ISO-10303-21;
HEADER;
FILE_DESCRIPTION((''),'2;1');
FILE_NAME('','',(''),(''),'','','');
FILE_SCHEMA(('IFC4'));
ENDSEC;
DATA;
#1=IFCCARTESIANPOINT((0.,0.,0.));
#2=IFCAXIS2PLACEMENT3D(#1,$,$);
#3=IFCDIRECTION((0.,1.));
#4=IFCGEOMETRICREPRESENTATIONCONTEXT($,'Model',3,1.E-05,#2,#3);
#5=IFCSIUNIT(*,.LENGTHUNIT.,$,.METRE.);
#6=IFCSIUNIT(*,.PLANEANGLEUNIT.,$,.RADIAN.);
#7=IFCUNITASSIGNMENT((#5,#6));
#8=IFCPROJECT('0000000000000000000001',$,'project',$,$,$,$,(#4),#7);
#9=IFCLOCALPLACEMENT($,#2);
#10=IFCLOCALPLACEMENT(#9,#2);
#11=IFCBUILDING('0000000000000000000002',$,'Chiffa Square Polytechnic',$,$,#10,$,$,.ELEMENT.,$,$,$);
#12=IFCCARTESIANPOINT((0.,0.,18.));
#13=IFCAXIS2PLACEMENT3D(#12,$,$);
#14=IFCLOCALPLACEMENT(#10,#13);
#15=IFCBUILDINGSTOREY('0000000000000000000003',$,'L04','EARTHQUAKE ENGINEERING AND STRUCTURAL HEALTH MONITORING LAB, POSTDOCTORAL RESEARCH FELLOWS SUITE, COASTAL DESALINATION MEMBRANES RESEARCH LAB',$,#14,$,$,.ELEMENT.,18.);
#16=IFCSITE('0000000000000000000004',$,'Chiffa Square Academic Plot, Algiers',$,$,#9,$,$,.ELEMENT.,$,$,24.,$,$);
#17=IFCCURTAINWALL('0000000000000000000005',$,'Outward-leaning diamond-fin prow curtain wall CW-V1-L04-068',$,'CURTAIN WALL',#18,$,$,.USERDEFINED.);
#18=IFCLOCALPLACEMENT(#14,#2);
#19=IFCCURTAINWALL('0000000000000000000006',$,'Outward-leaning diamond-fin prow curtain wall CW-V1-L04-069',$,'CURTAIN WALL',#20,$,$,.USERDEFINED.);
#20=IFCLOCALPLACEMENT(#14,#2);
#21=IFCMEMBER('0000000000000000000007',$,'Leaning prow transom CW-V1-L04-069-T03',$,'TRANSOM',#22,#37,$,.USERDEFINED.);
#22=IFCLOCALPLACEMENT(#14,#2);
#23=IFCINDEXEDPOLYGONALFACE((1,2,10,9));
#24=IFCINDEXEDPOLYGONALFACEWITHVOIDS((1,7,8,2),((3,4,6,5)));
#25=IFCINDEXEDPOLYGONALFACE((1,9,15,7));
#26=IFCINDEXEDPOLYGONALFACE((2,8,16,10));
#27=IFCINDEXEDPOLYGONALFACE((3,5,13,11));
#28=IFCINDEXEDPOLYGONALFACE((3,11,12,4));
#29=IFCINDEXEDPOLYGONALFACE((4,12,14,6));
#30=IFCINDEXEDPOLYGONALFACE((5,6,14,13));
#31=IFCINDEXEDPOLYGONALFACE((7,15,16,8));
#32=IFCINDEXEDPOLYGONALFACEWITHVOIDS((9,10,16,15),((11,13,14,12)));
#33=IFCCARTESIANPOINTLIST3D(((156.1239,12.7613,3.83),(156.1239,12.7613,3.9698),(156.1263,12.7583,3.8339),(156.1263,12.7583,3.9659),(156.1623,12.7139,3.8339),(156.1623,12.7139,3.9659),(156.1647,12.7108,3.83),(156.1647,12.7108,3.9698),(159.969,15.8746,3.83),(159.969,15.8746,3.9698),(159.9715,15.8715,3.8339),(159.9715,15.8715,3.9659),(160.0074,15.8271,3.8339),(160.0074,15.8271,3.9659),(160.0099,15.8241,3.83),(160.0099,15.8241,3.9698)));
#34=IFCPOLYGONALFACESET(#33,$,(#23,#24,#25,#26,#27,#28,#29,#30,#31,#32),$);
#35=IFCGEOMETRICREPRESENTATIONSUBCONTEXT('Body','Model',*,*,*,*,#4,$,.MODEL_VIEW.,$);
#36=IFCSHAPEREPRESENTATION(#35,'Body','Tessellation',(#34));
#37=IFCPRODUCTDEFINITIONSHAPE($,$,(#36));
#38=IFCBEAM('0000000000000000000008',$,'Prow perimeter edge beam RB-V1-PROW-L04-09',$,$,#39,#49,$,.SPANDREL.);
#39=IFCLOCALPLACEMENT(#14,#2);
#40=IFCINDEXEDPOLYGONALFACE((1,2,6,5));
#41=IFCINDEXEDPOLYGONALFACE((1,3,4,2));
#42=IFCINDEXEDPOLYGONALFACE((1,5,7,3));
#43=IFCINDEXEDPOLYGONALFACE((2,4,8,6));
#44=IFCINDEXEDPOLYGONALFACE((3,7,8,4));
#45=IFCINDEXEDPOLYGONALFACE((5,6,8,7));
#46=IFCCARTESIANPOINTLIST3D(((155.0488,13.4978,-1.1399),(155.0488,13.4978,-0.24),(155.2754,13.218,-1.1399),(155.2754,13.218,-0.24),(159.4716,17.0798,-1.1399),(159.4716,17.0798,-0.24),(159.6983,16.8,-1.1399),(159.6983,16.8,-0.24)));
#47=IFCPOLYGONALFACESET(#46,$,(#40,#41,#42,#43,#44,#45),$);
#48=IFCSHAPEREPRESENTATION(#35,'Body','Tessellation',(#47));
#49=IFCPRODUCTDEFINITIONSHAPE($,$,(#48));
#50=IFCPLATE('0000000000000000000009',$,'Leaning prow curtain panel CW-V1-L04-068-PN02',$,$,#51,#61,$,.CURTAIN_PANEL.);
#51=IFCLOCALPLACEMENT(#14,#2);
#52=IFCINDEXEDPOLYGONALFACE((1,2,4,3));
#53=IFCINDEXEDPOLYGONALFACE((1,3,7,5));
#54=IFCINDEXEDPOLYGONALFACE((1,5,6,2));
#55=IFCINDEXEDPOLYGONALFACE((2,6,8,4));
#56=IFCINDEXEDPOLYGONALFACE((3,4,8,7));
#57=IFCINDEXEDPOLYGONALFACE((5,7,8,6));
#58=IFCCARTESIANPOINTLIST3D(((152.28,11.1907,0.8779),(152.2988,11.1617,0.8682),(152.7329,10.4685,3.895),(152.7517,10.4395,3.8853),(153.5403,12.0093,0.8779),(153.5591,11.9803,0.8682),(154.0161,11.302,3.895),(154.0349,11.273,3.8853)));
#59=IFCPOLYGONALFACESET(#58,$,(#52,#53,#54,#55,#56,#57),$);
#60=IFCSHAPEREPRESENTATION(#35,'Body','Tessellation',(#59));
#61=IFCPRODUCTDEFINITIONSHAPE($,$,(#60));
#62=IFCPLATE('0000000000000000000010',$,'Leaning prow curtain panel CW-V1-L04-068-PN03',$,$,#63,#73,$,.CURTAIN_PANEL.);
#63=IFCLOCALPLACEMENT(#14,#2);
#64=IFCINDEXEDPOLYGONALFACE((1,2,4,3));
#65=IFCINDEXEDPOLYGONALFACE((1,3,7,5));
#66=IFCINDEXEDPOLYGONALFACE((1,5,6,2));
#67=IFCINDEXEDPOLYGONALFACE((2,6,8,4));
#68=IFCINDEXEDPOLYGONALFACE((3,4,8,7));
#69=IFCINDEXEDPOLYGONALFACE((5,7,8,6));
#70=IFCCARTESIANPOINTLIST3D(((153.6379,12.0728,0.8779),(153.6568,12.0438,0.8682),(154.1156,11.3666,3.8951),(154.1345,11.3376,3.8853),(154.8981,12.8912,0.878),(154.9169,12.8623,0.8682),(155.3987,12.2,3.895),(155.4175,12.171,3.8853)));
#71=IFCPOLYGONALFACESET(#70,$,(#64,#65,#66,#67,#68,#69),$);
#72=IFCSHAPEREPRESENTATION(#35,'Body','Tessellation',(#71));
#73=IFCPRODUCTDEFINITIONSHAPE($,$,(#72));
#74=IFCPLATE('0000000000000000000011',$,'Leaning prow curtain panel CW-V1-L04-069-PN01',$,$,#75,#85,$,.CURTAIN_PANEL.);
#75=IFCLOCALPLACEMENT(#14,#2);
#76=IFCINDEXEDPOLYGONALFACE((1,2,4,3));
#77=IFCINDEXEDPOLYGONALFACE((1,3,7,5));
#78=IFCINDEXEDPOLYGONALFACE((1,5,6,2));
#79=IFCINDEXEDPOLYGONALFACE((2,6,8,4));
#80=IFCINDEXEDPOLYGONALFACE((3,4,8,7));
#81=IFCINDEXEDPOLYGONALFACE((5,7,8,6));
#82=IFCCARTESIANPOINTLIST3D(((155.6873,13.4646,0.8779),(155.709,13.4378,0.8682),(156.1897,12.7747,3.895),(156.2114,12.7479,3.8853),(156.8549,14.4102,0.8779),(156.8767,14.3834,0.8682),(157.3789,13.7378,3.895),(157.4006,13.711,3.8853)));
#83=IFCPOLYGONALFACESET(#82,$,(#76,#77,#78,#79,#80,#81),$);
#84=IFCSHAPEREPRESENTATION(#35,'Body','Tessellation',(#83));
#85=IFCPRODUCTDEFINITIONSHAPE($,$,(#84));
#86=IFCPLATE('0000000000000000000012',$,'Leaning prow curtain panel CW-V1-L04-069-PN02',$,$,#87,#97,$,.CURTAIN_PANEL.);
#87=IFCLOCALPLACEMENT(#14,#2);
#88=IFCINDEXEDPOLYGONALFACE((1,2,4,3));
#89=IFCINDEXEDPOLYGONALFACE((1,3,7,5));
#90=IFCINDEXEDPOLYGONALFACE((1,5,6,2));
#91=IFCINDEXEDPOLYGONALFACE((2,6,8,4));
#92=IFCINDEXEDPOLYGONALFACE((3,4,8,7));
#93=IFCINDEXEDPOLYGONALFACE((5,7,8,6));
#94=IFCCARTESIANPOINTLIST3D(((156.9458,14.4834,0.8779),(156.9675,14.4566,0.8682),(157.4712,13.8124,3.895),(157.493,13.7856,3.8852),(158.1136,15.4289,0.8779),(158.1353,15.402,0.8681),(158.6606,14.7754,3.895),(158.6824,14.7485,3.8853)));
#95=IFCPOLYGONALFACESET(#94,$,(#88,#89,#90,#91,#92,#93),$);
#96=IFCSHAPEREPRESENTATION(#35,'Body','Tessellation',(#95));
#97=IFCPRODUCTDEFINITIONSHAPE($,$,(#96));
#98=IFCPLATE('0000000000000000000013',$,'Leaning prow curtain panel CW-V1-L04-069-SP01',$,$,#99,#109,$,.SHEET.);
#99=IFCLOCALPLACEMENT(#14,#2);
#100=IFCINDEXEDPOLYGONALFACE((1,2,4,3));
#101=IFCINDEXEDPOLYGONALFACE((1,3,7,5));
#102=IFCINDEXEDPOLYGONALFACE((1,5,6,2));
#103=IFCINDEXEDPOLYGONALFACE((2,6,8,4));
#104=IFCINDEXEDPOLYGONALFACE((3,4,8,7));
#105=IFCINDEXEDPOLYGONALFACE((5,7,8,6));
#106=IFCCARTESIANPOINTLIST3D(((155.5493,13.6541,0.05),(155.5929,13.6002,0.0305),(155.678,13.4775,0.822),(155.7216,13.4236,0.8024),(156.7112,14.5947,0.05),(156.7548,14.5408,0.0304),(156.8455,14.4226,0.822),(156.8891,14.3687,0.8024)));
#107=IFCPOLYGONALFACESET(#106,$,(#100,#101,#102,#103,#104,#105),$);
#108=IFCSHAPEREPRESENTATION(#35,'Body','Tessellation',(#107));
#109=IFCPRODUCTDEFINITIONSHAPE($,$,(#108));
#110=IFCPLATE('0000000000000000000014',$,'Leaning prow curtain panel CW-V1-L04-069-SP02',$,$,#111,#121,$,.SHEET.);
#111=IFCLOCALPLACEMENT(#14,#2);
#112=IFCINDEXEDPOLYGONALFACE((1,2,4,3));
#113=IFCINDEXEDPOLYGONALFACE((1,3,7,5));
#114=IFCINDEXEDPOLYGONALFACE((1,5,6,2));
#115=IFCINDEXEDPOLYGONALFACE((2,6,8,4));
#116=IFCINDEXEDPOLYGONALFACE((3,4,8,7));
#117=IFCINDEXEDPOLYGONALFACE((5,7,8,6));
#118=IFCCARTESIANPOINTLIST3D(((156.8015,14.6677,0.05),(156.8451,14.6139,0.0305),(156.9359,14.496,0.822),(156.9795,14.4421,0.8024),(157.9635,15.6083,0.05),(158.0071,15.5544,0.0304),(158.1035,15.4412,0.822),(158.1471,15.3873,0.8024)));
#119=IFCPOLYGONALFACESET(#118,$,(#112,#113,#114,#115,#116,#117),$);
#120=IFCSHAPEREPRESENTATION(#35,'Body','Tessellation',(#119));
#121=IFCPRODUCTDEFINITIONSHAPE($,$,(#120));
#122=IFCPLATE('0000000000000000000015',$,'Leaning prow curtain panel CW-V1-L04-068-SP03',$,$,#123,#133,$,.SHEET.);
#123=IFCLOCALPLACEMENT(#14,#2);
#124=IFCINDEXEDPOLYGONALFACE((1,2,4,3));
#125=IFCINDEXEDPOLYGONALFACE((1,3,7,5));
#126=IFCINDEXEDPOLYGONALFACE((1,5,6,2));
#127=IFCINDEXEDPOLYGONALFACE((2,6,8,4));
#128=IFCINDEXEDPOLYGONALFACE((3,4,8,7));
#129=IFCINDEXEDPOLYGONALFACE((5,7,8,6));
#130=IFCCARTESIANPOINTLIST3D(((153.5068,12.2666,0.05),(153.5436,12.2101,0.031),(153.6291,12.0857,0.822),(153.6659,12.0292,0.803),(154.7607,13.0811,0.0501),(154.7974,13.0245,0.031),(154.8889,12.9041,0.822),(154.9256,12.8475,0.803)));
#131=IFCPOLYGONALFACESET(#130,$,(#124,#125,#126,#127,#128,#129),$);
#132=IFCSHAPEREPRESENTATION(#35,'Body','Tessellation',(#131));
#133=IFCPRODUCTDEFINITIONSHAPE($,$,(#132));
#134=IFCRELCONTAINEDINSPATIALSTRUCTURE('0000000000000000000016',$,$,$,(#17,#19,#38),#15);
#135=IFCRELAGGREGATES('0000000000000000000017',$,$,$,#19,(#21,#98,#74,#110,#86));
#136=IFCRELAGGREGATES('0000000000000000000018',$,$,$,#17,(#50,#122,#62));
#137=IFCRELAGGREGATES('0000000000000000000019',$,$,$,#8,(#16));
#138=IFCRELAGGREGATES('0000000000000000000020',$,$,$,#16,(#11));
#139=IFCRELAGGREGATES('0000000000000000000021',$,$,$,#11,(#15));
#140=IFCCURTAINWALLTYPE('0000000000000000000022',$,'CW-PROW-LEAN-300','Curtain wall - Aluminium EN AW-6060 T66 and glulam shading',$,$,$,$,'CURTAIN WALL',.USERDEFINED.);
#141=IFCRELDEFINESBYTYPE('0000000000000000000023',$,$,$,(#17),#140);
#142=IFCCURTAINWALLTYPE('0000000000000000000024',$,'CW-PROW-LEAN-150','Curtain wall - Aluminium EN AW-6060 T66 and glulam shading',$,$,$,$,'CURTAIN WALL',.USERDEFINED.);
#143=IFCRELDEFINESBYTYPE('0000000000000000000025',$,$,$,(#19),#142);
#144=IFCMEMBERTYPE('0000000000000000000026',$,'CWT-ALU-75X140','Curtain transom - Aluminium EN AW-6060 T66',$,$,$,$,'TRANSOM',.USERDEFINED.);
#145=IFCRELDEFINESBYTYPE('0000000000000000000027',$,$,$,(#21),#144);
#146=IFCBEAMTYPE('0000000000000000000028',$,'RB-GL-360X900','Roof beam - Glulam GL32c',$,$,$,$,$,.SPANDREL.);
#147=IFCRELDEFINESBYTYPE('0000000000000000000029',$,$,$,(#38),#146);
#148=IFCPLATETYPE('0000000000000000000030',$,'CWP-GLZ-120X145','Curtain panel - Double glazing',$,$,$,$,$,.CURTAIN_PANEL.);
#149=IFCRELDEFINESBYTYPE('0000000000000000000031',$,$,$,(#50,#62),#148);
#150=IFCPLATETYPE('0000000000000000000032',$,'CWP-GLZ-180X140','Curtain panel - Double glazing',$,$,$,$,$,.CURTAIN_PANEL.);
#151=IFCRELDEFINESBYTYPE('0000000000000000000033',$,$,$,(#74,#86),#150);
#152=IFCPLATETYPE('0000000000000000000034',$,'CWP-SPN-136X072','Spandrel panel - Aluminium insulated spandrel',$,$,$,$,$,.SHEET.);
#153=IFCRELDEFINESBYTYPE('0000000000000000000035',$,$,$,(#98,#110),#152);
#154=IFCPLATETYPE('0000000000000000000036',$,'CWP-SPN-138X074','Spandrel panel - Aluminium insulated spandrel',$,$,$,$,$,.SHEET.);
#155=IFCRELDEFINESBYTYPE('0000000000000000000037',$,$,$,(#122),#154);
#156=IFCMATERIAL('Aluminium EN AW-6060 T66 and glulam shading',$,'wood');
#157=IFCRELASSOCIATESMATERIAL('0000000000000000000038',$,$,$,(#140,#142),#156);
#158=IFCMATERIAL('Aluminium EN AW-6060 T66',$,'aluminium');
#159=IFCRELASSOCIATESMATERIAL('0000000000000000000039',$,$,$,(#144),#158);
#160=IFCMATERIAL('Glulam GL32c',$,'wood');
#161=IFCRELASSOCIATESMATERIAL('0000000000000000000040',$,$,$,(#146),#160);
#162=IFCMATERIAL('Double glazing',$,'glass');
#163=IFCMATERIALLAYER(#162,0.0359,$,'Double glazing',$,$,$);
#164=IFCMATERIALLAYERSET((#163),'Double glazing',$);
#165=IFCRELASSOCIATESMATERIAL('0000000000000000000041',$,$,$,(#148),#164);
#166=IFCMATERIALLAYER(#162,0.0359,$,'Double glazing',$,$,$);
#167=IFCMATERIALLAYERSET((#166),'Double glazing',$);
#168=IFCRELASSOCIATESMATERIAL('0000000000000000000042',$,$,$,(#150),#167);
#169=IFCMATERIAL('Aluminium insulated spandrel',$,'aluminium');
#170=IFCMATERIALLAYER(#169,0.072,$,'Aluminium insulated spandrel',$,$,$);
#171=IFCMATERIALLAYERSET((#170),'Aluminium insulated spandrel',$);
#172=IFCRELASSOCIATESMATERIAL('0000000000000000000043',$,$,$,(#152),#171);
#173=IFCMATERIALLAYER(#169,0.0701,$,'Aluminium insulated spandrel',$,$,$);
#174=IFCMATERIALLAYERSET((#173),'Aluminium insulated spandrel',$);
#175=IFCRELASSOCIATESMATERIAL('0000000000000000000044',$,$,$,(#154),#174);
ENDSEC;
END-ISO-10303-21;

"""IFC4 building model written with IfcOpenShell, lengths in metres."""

from ifc_helpers import new_model, si_unit, direction, frame, origin, origin_2d, place, context, subcontext, project, spatial, polyline, rectangle, hollow_rectangle, outline, extrude, material, layer, layer_set, material_profile, profile_set, type_object, element, aggregate, save


model = new_model("IFC4")

# Units and contexts
model_context = context("Model", 3, precision=1e-05, world=origin(), true_north=direction((0.0, 1.0)))
body_context = subcontext(model_context, "Body", "Model", "MODEL_VIEW")
ifc_project = project(units=[si_unit("LENGTHUNIT", "METRE"), si_unit("PLANEANGLEUNIT", "RADIAN")], contexts=[model_context])

# Site, building, storey
site_placement = place(None, origin())
site = spatial("IfcSite", under=ifc_project, at=site_placement, Name="Chiffa Square Academic Plot, Algiers", CompositionType="ELEMENT", RefElevation=24.0)
building_placement = place(site_placement, origin())
building = spatial("IfcBuilding", under=site, at=building_placement, Name="Chiffa Square Polytechnic", CompositionType="ELEMENT")
storey_placement = place(building_placement, frame((0.0, 0.0, 18.0)))
storey = spatial("IfcBuildingStorey", under=building, at=storey_placement, Name="L04", Description="EARTHQUAKE ENGINEERING AND STRUCTURAL HEALTH MONITORING LAB, POSTDOCTORAL RESEARCH FELLOWS SUITE, COASTAL DESALINATION MEMBRANES RESEARCH LAB", CompositionType="ELEMENT", Elevation=18.0)

# Shared definitions
ifc_material_1 = material(Name="Glulam GL32c", Category="wood")

# Curtain walls
ifc_material_2 = material(Name="Aluminium EN AW-6060 T66 and glulam shading", Category="wood")
curtain_wall_type_1 = type_object("IfcCurtainWallType", Name="CW-PROW-LEAN-300", Description="Curtain wall - Aluminium EN AW-6060 T66 and glulam shading", ElementType="CURTAIN WALL", PredefinedType="USERDEFINED", material=ifc_material_2)
curtain_wall_1_placement = place(storey_placement, origin())
curtain_wall_1 = element("IfcCurtainWall", 1, at=curtain_wall_1_placement, inside=storey, type_object=curtain_wall_type_1, Name="Outward-leaning diamond-fin prow curtain wall CW-V1-L04-068", ObjectType="CURTAIN WALL", PredefinedType="USERDEFINED")
ifc_material_3 = material(Name="Aluminium EN AW-6060 T66", Category="aluminium")
curtain_wall_type_2 = type_object("IfcCurtainWallType", Name="CW-PROW-LEAN-150", Description="Curtain wall - Aluminium EN AW-6060 T66 and glulam shading", ElementType="CURTAIN WALL", PredefinedType="USERDEFINED", material=ifc_material_2)
curtain_wall_2_placement = place(storey_placement, origin())
curtain_wall_2 = element("IfcCurtainWall", 2, at=curtain_wall_2_placement, inside=storey, type_object=curtain_wall_type_2, Name="Outward-leaning diamond-fin prow curtain wall CW-V1-L04-069", ObjectType="CURTAIN WALL", PredefinedType="USERDEFINED")

# Member
ifc_material_profile_1 = material_profile(ifc_material_3, hollow_rectangle(XDim=0.0649, YDim=0.1399, WallThickness=0.0039, at=origin_2d()), Name="ALU 65x140x4")
ifc_profile_set_1 = profile_set([ifc_material_profile_1], Name="Aluminium EN AW-6060 T66")
member_type_1 = type_object("IfcMemberType", Name="CWT-ALU-75X140", Description="Curtain transom - Aluminium EN AW-6060 T66", ElementType="TRANSOM", PredefinedType="USERDEFINED", material=ifc_profile_set_1)
member_1_placement = place(storey_placement, frame((156.1443, 12.7361, 3.8999), z_axis=(0.777197, 0.629258, 0.0), x_axis=(-0.629258, 0.777197, 0.0)))
member_1 = element("IfcMember", 3, at=member_1_placement, type_object=member_type_1, Name="Leaning prow transom CW-V1-L04-069-T03", ObjectType="TRANSOM", PredefinedType="USERDEFINED", context=body_context, shape_type="SweptSolid", body=[
    extrude(hollow_rectangle(XDim=0.0649, YDim=0.1399, WallThickness=0.0039, at=origin_2d()), origin(), (0.0, 0.0, 1.0), 4.9475),
])

# Beam
ifc_material_profile_2 = material_profile(ifc_material_1, rectangle(XDim=0.3601, YDim=0.8999, at=origin_2d()), Name="GL32c 360x900")
ifc_profile_set_2 = profile_set([ifc_material_profile_2], Name="Glulam GL32c")
beam_type_1 = type_object("IfcBeamType", Name="RB-GL-360X900", Description="Roof beam - Glulam GL32c", PredefinedType="SPANDREL", material=ifc_profile_set_2)
beam_1_placement = place(storey_placement, frame((155.1621, 13.3579, -0.6899), z_axis=(0.777105, 0.629371, 0.0), x_axis=(-0.629371, 0.777105, 0.0)))
element("IfcBeam", 4, at=beam_1_placement, inside=storey, type_object=beam_type_1, Name="Prow perimeter edge beam RB-V1-PROW-L04-09", PredefinedType="SPANDREL", context=body_context, shape_type="SweptSolid", body=[
    extrude(rectangle(XDim=0.3601, YDim=0.8999, at=origin_2d()), origin(), (0.0, 0.0, 1.0), 5.6914),
])

# Plates
ifc_material_4 = material(Name="Double glazing", Category="glass")
ifc_layer_1 = layer(ifc_material_4, 0.0359, Name="Double glazing")
ifc_layer_set_1 = layer_set([ifc_layer_1], Name="Double glazing")
plate_type_1 = type_object("IfcPlateType", Name="CWP-GLZ-120X145", Description="Curtain panel - Double glazing", PredefinedType="CURTAIN_PANEL", material=ifc_layer_set_1)
plate_1_placement = place(storey_placement, frame((152.28, 11.1907, 0.8779), z_axis=(-0.524207, 0.807032, 0.271858), x_axis=(0.838616, 0.544723, -0.000001)))
plate_1 = element("IfcPlate", 5, at=plate_1_placement, type_object=plate_type_1, Name="Leaning prow curtain panel CW-V1-L04-068-PN02", PredefinedType="CURTAIN_PANEL", context=body_context, shape_type="SweptSolid", body=[
    extrude(outline(polyline([(0.0, 0.0), (1.5028, 0.0), (1.5165, -3.1352), (-0.0136, -3.1352), (0.0, 0.0)])), origin(), (0.0, 0.0, -1.0), 0.0359),
])
plate_2_placement = place(storey_placement, frame((153.6379, 12.0728, 0.8779), z_axis=(-0.524184, 0.807038, 0.271884), x_axis=(0.838634, 0.544696, 0.000028)))
plate_2 = element("IfcPlate", 6, at=plate_2_placement, type_object=plate_type_1, Name="Leaning prow curtain panel CW-V1-L04-068-PN03", PredefinedType="CURTAIN_PANEL", context=body_context, shape_type="SweptSolid", body=[
    extrude(outline(polyline([(0.0, 0.0), (1.5026, 0.0), (1.546, -3.1351), (0.0161, -3.1352), (0.0, 0.0)])), origin(), (0.0, 0.0, -1.0), 0.0359),
])
ifc_layer_2 = layer(ifc_material_4, 0.0359, Name="Double glazing")
ifc_layer_set_2 = layer_set([ifc_layer_2], Name="Double glazing")
plate_type_2 = type_object("IfcPlateType", Name="CWP-GLZ-180X140", Description="Curtain panel - Double glazing", PredefinedType="CURTAIN_PANEL", material=ifc_layer_set_2)
plate_3_placement = place(storey_placement, frame((155.6873, 13.4646, 0.8779), z_axis=(-0.605635, 0.747864, 0.271855), x_axis=(0.777135, 0.629334, 0.000012)))
plate_3 = element("IfcPlate", 7, at=plate_3_placement, type_object=plate_type_2, Name="Leaning prow curtain panel CW-V1-L04-069-PN01", PredefinedType="CURTAIN_PANEL", context=body_context, shape_type="SweptSolid", body=[
    extrude(outline(polyline([(0.0, 0.0), (1.5026, 0.0), (1.4866, -3.1351), (-0.0437, -3.1352), (0.0, 0.0)])), origin(), (0.0, 0.0, -1.0), 0.0359),
])
plate_4_placement = place(storey_placement, frame((156.9458, 14.4834, 0.8779), z_axis=(-0.60556, 0.747945, 0.271801), x_axis=(0.777201, 0.629253, -0.000017)))
plate_4 = element("IfcPlate", 8, at=plate_4_placement, type_object=plate_type_2, Name="Leaning prow curtain panel CW-V1-L04-069-PN02", PredefinedType="CURTAIN_PANEL", context=body_context, shape_type="SweptSolid", body=[
    extrude(outline(polyline([(0.0, 0.0), (1.5026, 0.0), (1.5165, -3.1351), (-0.0139, -3.1351), (0.0, 0.0)])), origin(), (0.0, 0.0, -1.0), 0.0359),
])
ifc_material_5 = material(Name="Aluminium insulated spandrel", Category="aluminium")
ifc_layer_3 = layer(ifc_material_5, 0.072, Name="Aluminium insulated spandrel")
ifc_layer_set_3 = layer_set([ifc_layer_3], Name="Aluminium insulated spandrel")
plate_type_3 = type_object("IfcPlateType", Name="CWP-SPN-136X072", Description="Spandrel panel - Aluminium insulated spandrel", PredefinedType="SHEET", material=ifc_layer_set_3)
plate_5_placement = place(storey_placement, frame((155.5493, 13.6541, 0.05), z_axis=(-0.605491, 0.747927, 0.272004), x_axis=(0.77723, 0.629217, -0.00001)))
plate_5 = element("IfcPlate", 9, at=plate_5_placement, type_object=plate_type_3, Name="Leaning prow curtain panel CW-V1-L04-069-SP01", PredefinedType="SHEET", context=body_context, shape_type="SweptSolid", body=[
    extrude(outline(polyline([(0.0, 0.0), (1.4949, 0.0), (1.491, -0.8022), (-0.0111, -0.8022), (0.0, 0.0)])), origin(), (0.0, 0.0, -1.0), 0.072),
])
plate_6_placement = place(storey_placement, frame((156.8015, 14.6677, 0.05), z_axis=(-0.60549, 0.748005, 0.27179), x_axis=(0.77726, 0.62918, -0.000024)))
plate_6 = element("IfcPlate", 10, at=plate_6_placement, type_object=plate_type_3, Name="Leaning prow curtain panel CW-V1-L04-069-SP02", PredefinedType="SHEET", context=body_context, shape_type="SweptSolid", body=[
    extrude(outline(polyline([(0.0, 0.0), (1.4949, 0.0), (1.4986, -0.8022), (-0.0036, -0.8021), (0.0, 0.0)])), origin(), (0.0, 0.0, -1.0), 0.072),
])
aggregate(curtain_wall_2, [member_1, plate_5, plate_3, plate_6, plate_4])
ifc_layer_4 = layer(ifc_material_5, 0.0701, Name="Aluminium insulated spandrel")
ifc_layer_set_4 = layer_set([ifc_layer_4], Name="Aluminium insulated spandrel")
plate_type_4 = type_object("IfcPlateType", Name="CWP-SPN-138X074", Description="Spandrel panel - Aluminium insulated spandrel", PredefinedType="SHEET", material=ifc_layer_set_4)
plate_7_placement = place(storey_placement, frame((153.5068, 12.2666, 0.05), z_axis=(-0.524182, 0.806964, 0.272109), x_axis=(0.838608, 0.544735, 0.000007)))
plate_7 = element("IfcPlate", 11, at=plate_7_placement, type_object=plate_type_4, Name="Leaning prow curtain panel CW-V1-L04-068-SP03", PredefinedType="SHEET", context=body_context, shape_type="SweptSolid", body=[
    extrude(outline(polyline([(0.0, 0.0), (1.4952, 0.0), (1.5063, -0.8022), (0.004, -0.8023), (0.0, 0.0)])), origin(), (0.0, 0.0, -1.0), 0.0701),
])
aggregate(curtain_wall_1, [plate_1, plate_7, plate_2])

save(model, "model.ifc")
